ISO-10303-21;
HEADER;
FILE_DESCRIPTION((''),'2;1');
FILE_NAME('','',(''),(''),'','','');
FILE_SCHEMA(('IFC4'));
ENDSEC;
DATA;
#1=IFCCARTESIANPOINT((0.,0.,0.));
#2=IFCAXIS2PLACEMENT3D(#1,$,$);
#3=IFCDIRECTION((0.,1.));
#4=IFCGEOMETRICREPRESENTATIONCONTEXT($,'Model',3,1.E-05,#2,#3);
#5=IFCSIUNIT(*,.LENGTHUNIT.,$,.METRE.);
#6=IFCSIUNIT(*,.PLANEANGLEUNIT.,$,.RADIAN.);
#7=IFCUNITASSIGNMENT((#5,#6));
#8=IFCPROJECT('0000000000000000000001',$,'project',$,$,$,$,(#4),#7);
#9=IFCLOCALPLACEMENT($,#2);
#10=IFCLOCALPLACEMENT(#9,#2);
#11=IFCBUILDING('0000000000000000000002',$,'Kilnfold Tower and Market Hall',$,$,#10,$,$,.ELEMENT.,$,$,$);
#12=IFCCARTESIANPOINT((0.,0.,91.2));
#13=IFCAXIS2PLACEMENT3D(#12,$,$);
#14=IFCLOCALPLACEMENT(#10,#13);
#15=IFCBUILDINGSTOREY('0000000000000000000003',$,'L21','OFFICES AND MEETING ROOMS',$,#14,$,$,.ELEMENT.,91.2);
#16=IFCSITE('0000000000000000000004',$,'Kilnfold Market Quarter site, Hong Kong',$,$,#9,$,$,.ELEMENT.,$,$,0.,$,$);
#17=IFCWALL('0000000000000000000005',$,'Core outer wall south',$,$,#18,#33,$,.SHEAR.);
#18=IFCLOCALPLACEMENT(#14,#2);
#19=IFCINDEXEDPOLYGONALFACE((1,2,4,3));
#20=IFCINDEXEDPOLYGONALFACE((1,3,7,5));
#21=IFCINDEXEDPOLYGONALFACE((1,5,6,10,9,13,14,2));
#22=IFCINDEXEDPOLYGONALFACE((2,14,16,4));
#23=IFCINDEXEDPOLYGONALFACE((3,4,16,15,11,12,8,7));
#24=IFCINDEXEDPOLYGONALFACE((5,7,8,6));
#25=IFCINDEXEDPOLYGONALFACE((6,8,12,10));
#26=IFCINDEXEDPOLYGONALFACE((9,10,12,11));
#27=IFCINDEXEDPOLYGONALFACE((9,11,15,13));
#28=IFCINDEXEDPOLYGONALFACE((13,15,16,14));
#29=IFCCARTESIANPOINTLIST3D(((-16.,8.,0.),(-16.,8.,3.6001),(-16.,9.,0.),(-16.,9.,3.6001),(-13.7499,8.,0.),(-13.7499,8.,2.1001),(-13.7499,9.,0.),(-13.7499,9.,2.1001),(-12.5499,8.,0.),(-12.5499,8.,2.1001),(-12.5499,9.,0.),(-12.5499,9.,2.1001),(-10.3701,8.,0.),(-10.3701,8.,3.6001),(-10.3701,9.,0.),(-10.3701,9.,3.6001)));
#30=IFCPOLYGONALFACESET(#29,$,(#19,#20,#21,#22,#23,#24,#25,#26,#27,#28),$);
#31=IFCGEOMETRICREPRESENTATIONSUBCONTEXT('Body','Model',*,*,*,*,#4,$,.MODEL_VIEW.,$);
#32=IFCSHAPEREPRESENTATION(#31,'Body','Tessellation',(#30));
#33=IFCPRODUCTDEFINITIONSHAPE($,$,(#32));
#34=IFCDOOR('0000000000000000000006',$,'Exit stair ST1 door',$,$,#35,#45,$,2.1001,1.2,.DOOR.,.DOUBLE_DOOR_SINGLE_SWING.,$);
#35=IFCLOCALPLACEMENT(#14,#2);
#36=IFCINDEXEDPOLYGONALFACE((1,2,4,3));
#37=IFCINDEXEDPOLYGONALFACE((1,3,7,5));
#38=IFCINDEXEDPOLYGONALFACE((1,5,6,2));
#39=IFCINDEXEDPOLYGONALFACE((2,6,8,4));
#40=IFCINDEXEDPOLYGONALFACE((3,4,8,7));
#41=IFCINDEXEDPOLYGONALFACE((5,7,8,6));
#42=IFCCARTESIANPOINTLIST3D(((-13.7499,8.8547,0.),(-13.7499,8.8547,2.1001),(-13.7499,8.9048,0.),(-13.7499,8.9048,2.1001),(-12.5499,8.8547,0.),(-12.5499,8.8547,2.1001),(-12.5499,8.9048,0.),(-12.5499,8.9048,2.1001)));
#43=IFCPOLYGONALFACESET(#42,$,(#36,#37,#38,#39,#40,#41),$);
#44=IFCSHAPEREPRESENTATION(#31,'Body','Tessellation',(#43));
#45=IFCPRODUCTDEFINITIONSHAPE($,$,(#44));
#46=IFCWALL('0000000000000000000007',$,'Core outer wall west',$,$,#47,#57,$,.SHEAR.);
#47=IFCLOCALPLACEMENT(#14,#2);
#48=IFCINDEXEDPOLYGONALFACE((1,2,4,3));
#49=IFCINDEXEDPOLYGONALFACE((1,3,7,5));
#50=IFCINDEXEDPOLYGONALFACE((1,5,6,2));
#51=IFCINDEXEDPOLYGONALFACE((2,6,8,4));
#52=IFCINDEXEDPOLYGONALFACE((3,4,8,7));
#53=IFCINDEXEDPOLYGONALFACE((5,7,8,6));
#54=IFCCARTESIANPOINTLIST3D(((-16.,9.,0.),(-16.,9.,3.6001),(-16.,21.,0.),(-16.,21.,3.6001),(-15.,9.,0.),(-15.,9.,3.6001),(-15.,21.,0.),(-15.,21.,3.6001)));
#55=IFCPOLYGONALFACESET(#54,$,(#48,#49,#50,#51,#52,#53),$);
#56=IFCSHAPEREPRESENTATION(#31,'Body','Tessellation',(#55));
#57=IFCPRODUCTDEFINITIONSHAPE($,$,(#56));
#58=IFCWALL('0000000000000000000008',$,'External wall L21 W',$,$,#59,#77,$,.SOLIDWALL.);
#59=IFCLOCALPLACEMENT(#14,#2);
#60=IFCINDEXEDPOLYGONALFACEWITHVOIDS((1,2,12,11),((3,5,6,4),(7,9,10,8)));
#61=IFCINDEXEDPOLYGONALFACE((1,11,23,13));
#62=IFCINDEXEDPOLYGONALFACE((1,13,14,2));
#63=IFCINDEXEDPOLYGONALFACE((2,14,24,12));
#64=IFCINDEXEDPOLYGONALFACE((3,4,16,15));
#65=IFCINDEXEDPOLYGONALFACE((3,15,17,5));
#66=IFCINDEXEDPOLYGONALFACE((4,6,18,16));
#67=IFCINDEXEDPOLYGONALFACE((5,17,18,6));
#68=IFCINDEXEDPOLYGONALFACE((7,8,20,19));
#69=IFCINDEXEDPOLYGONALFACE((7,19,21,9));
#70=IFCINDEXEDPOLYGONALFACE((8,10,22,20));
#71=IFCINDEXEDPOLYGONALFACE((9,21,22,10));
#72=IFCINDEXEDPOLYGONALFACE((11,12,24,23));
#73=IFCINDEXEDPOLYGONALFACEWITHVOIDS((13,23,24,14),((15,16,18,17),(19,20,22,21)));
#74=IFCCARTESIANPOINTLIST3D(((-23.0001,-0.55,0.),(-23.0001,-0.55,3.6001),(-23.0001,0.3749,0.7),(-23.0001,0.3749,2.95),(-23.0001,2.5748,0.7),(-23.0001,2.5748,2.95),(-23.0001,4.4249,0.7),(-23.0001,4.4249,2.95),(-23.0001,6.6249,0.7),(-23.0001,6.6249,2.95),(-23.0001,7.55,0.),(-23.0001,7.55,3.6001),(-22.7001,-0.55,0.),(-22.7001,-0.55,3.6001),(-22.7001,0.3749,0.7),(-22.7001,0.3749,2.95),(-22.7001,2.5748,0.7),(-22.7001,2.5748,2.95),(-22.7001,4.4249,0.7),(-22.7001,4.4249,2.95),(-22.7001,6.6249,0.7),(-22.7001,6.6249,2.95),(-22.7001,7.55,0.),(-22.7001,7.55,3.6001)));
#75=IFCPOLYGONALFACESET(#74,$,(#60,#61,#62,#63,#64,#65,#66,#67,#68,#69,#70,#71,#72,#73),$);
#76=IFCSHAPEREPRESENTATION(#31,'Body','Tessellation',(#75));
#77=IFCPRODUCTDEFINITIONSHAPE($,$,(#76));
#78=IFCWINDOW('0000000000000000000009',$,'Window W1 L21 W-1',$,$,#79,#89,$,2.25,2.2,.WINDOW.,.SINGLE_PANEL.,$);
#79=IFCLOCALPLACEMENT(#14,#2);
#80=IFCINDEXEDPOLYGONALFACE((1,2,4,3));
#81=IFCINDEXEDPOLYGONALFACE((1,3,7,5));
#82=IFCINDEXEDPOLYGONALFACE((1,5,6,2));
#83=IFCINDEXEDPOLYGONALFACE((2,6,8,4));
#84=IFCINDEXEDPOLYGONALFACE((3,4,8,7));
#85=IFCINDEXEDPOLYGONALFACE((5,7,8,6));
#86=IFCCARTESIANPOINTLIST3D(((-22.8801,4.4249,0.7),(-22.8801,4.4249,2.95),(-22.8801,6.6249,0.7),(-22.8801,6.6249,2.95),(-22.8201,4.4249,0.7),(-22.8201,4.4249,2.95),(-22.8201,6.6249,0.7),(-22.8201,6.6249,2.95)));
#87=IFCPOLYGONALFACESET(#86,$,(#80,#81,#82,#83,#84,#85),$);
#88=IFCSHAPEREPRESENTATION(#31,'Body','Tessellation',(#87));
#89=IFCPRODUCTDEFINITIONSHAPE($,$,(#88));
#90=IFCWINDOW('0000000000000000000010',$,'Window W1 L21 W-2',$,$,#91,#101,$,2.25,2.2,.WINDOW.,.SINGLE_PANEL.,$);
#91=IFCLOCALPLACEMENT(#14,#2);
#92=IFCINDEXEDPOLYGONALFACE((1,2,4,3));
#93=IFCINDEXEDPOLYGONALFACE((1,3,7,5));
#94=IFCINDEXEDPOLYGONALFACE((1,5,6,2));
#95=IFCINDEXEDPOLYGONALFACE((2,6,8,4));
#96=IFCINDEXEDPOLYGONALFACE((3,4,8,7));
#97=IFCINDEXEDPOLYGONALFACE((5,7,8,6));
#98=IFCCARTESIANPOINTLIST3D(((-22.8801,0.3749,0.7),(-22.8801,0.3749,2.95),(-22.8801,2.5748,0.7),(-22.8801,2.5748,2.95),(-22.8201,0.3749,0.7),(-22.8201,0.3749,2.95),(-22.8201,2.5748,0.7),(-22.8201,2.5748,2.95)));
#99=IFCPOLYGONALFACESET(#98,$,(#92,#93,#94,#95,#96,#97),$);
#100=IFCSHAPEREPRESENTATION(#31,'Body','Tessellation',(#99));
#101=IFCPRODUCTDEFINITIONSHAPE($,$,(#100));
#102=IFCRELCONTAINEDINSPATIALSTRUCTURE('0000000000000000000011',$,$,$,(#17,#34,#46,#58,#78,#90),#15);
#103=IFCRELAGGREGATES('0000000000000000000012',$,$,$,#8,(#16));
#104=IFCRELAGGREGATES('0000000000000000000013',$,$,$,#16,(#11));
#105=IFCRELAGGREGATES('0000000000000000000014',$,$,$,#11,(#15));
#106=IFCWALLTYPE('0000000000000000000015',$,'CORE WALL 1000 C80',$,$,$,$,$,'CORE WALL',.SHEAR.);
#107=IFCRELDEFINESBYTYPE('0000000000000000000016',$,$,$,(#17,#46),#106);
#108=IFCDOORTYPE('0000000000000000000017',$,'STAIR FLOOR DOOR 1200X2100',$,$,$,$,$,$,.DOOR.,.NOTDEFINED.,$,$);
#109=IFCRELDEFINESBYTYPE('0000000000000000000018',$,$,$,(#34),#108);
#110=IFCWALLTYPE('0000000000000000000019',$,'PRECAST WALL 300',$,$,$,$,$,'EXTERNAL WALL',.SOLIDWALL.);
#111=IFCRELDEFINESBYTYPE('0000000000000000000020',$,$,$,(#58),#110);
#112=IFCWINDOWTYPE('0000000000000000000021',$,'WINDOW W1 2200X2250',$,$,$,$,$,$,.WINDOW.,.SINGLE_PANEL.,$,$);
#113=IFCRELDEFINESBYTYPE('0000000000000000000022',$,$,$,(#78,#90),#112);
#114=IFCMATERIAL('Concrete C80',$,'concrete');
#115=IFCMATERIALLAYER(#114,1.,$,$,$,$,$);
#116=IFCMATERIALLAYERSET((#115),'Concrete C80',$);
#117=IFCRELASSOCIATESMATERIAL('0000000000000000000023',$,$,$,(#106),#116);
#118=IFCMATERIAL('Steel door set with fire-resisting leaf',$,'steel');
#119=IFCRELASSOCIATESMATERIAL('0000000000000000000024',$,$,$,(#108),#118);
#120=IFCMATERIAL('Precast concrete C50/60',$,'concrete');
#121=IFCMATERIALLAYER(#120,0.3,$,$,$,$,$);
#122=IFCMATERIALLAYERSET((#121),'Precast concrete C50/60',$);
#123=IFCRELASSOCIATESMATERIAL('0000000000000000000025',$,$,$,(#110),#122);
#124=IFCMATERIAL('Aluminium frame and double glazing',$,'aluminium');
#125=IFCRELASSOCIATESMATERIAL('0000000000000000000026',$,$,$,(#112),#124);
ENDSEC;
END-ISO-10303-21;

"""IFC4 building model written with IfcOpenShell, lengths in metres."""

from ifc_helpers import new_model, si_unit, direction, frame, frame_2d, origin, place, context, subcontext, project, spatial, rectangle, extrude, source, transform, mapped, material, layer, layer_set, type_object, element, fill, save


model = new_model("IFC4")

# Units and contexts
model_context = context("Model", 3, precision=1e-05, world=origin(), true_north=direction((0.0, 1.0)))
body_context = subcontext(model_context, "Body", "Model", "MODEL_VIEW")
ifc_project = project(units=[si_unit("LENGTHUNIT", "METRE"), si_unit("PLANEANGLEUNIT", "RADIAN")], contexts=[model_context])

# Site, building, storey
site_placement = place(None, origin())
site = spatial("IfcSite", under=ifc_project, at=site_placement, Name="Kilnfold Market Quarter site, Hong Kong", CompositionType="ELEMENT", RefElevation=0.0)
building_placement = place(site_placement, origin())
building = spatial("IfcBuilding", under=site, at=building_placement, Name="Kilnfold Tower and Market Hall", CompositionType="ELEMENT")
storey_placement = place(building_placement, frame((0.0, 0.0, 91.2)))
storey = spatial("IfcBuildingStorey", under=building, at=storey_placement, Name="L21", Description="OFFICES AND MEETING ROOMS", CompositionType="ELEMENT", Elevation=91.2)

# Wall, opening, door
ifc_material_1 = material(Name="Concrete C80", Category="concrete")
ifc_layer_1 = layer(ifc_material_1, 1.0)
ifc_layer_set_1 = layer_set([ifc_layer_1], Name="Concrete C80")
wall_type_1 = type_object("IfcWallType", Name="CORE WALL 1000 C80", ElementType="CORE WALL", PredefinedType="SHEAR", material=ifc_layer_set_1)
shared_shape_1 = source(origin(), body_context, "Body", "SweptSolid", [
    extrude(rectangle(XDim=5.6299, YDim=1.0, at=frame_2d((2.8149, 0.0))), origin(), (0.0, 0.0, 1.0), 3.6001),
])
wall_1_placement = place(storey_placement, frame((-16.0, 8.5, 0.0), z_axis=(0.0, 0.0, 1.0), x_axis=(1.0, 0.0, 0.0)))
wall_1 = element("IfcWall", 1, at=wall_1_placement, inside=storey, type_object=wall_type_1, Name="Core outer wall south", PredefinedType="SHEAR", context=body_context, shape_type="MappedRepresentation", body=[
    mapped(shared_shape_1, transform((0.0, 0.0, 0.0))),
])
opening_1_placement = place(wall_1_placement, frame((2.25, 0.0, 0.0)))
opening_1 = element("IfcOpeningElement", 2, at=opening_1_placement, cuts=wall_1, PredefinedType="OPENING", context=body_context, shape_type="SweptSolid", body=[
    extrude(rectangle(XDim=1.2, YDim=2.1001, at=frame_2d((0.6001, 1.05))), frame((0.0, 0.51, 0.0), z_axis=(0.0, -1.0, 0.0), x_axis=(1.0, 0.0, 0.0)), (0.0, 0.0, 1.0), 1.02),
])
ifc_material_2 = material(Name="Steel door set with fire-resisting leaf", Category="steel")
door_type_1 = type_object("IfcDoorType", Name="STAIR FLOOR DOOR 1200X2100", OperationType="NOTDEFINED", PredefinedType="DOOR", material=ifc_material_2)
door_1_placement = place(opening_1_placement, origin())
door_1 = element("IfcDoor", 3, at=door_1_placement, inside=storey, type_object=door_type_1, Name="Exit stair ST1 door", OperationType="DOUBLE_DOOR_SINGLE_SWING", OverallHeight=2.1001, OverallWidth=1.2, PredefinedType="DOOR", context=body_context, shape_type="SweptSolid", body=[
    extrude(rectangle(XDim=1.2, YDim=2.1001, at=frame_2d((0.6001, 1.05))), frame((0.0, 0.4048, 0.0), z_axis=(0.0, -1.0, 0.0), x_axis=(1.0, 0.0, 0.0)), (0.0, 0.0, 1.0), 0.05),
])
fill(opening_1, door_1)

# Wall
shared_shape_2 = source(origin(), body_context, "Body", "SweptSolid", [
    extrude(rectangle(XDim=12.0, YDim=1.0, at=frame_2d((6.0, 0.0))), origin(), (0.0, 0.0, 1.0), 3.6001),
])
wall_2_placement = place(storey_placement, frame((-15.5, 9.0, 0.0), z_axis=(0.0, 0.0, 1.0), x_axis=(0.0, 1.0, 0.0)))
element("IfcWall", 4, at=wall_2_placement, inside=storey, type_object=wall_type_1, Name="Core outer wall west", PredefinedType="SHEAR", context=body_context, shape_type="MappedRepresentation", body=[
    mapped(shared_shape_2, transform((0.0, 0.0, 0.0))),
])

# Wall, openings, windows
ifc_material_3 = material(Name="Precast concrete C50/60", Category="concrete")
ifc_layer_2 = layer(ifc_material_3, 0.3)
ifc_layer_set_2 = layer_set([ifc_layer_2], Name="Precast concrete C50/60")
wall_type_2 = type_object("IfcWallType", Name="PRECAST WALL 300", ElementType="EXTERNAL WALL", PredefinedType="SOLIDWALL", material=ifc_layer_set_2)
shared_shape_3 = source(origin(), body_context, "Body", "SweptSolid", [
    extrude(rectangle(XDim=8.1001, YDim=0.3, at=frame_2d((4.05, 0.0))), origin(), (0.0, 0.0, 1.0), 3.6001),
])
wall_3_placement = place(storey_placement, frame((-22.8501, 7.55, 0.0), z_axis=(0.0, 0.0, 1.0), x_axis=(0.0, -1.0, 0.0)))
wall_3 = element("IfcWall", 5, at=wall_3_placement, inside=storey, type_object=wall_type_2, Name="External wall L21 W", PredefinedType="SOLIDWALL", context=body_context, shape_type="MappedRepresentation", body=[
    mapped(shared_shape_3, transform((0.0, 0.0, 0.0))),
])
opening_2_placement = place(wall_3_placement, frame((0.925, 0.0, 0.7)))
opening_2 = element("IfcOpeningElement", 6, at=opening_2_placement, cuts=wall_3, PredefinedType="OPENING", context=body_context, shape_type="SweptSolid", body=[
    extrude(rectangle(XDim=2.2, YDim=2.25, at=frame_2d((1.1001, 1.125))), frame((0.0, 0.1602, 0.0), z_axis=(0.0, -1.0, 0.0), x_axis=(1.0, 0.0, 0.0)), (0.0, 0.0, 1.0), 0.3201),
])
opening_3_placement = place(wall_3_placement, frame((4.9751, 0.0, 0.7)))
opening_3 = element("IfcOpeningElement", 7, at=opening_3_placement, cuts=wall_3, PredefinedType="OPENING", context=body_context, shape_type="SweptSolid", body=[
    extrude(rectangle(XDim=2.2, YDim=2.25, at=frame_2d((1.1001, 1.125))), frame((0.0, 0.1602, 0.0), z_axis=(0.0, -1.0, 0.0), x_axis=(1.0, 0.0, 0.0)), (0.0, 0.0, 1.0), 0.3201),
])
ifc_material_4 = material(Name="Aluminium frame and double glazing", Category="aluminium")
window_type = type_object("IfcWindowType", Name="WINDOW W1 2200X2250", PartitioningType="SINGLE_PANEL", PredefinedType="WINDOW", material=ifc_material_4)
window_1_placement = place(opening_2_placement, origin())
window_1 = element("IfcWindow", 8, at=window_1_placement, inside=storey, type_object=window_type, Name="Window W1 L21 W-1", OverallHeight=2.25, OverallWidth=2.2, PartitioningType="SINGLE_PANEL", PredefinedType="WINDOW", context=body_context, shape_type="SweptSolid", body=[
    extrude(rectangle(XDim=2.2, YDim=2.25, at=frame_2d((1.1001, 1.125))), frame((0.0, 0.03, 0.0), z_axis=(0.0, -1.0, 0.0), x_axis=(1.0, 0.0, 0.0)), (0.0, 0.0, 1.0), 0.0601),
])
fill(opening_2, window_1)
window_2_placement = place(opening_3_placement, origin())
window_2 = element("IfcWindow", 9, at=window_2_placement, inside=storey, type_object=window_type, Name="Window W1 L21 W-2", OverallHeight=2.25, OverallWidth=2.2, PartitioningType="SINGLE_PANEL", PredefinedType="WINDOW", context=body_context, shape_type="SweptSolid", body=[
    extrude(rectangle(XDim=2.2, YDim=2.25, at=frame_2d((1.1001, 1.125))), frame((0.0, 0.03, 0.0), z_axis=(0.0, -1.0, 0.0), x_axis=(1.0, 0.0, 0.0)), (0.0, 0.0, 1.0), 0.0601),
])
fill(opening_3, window_2)

save(model, "model.ifc")
